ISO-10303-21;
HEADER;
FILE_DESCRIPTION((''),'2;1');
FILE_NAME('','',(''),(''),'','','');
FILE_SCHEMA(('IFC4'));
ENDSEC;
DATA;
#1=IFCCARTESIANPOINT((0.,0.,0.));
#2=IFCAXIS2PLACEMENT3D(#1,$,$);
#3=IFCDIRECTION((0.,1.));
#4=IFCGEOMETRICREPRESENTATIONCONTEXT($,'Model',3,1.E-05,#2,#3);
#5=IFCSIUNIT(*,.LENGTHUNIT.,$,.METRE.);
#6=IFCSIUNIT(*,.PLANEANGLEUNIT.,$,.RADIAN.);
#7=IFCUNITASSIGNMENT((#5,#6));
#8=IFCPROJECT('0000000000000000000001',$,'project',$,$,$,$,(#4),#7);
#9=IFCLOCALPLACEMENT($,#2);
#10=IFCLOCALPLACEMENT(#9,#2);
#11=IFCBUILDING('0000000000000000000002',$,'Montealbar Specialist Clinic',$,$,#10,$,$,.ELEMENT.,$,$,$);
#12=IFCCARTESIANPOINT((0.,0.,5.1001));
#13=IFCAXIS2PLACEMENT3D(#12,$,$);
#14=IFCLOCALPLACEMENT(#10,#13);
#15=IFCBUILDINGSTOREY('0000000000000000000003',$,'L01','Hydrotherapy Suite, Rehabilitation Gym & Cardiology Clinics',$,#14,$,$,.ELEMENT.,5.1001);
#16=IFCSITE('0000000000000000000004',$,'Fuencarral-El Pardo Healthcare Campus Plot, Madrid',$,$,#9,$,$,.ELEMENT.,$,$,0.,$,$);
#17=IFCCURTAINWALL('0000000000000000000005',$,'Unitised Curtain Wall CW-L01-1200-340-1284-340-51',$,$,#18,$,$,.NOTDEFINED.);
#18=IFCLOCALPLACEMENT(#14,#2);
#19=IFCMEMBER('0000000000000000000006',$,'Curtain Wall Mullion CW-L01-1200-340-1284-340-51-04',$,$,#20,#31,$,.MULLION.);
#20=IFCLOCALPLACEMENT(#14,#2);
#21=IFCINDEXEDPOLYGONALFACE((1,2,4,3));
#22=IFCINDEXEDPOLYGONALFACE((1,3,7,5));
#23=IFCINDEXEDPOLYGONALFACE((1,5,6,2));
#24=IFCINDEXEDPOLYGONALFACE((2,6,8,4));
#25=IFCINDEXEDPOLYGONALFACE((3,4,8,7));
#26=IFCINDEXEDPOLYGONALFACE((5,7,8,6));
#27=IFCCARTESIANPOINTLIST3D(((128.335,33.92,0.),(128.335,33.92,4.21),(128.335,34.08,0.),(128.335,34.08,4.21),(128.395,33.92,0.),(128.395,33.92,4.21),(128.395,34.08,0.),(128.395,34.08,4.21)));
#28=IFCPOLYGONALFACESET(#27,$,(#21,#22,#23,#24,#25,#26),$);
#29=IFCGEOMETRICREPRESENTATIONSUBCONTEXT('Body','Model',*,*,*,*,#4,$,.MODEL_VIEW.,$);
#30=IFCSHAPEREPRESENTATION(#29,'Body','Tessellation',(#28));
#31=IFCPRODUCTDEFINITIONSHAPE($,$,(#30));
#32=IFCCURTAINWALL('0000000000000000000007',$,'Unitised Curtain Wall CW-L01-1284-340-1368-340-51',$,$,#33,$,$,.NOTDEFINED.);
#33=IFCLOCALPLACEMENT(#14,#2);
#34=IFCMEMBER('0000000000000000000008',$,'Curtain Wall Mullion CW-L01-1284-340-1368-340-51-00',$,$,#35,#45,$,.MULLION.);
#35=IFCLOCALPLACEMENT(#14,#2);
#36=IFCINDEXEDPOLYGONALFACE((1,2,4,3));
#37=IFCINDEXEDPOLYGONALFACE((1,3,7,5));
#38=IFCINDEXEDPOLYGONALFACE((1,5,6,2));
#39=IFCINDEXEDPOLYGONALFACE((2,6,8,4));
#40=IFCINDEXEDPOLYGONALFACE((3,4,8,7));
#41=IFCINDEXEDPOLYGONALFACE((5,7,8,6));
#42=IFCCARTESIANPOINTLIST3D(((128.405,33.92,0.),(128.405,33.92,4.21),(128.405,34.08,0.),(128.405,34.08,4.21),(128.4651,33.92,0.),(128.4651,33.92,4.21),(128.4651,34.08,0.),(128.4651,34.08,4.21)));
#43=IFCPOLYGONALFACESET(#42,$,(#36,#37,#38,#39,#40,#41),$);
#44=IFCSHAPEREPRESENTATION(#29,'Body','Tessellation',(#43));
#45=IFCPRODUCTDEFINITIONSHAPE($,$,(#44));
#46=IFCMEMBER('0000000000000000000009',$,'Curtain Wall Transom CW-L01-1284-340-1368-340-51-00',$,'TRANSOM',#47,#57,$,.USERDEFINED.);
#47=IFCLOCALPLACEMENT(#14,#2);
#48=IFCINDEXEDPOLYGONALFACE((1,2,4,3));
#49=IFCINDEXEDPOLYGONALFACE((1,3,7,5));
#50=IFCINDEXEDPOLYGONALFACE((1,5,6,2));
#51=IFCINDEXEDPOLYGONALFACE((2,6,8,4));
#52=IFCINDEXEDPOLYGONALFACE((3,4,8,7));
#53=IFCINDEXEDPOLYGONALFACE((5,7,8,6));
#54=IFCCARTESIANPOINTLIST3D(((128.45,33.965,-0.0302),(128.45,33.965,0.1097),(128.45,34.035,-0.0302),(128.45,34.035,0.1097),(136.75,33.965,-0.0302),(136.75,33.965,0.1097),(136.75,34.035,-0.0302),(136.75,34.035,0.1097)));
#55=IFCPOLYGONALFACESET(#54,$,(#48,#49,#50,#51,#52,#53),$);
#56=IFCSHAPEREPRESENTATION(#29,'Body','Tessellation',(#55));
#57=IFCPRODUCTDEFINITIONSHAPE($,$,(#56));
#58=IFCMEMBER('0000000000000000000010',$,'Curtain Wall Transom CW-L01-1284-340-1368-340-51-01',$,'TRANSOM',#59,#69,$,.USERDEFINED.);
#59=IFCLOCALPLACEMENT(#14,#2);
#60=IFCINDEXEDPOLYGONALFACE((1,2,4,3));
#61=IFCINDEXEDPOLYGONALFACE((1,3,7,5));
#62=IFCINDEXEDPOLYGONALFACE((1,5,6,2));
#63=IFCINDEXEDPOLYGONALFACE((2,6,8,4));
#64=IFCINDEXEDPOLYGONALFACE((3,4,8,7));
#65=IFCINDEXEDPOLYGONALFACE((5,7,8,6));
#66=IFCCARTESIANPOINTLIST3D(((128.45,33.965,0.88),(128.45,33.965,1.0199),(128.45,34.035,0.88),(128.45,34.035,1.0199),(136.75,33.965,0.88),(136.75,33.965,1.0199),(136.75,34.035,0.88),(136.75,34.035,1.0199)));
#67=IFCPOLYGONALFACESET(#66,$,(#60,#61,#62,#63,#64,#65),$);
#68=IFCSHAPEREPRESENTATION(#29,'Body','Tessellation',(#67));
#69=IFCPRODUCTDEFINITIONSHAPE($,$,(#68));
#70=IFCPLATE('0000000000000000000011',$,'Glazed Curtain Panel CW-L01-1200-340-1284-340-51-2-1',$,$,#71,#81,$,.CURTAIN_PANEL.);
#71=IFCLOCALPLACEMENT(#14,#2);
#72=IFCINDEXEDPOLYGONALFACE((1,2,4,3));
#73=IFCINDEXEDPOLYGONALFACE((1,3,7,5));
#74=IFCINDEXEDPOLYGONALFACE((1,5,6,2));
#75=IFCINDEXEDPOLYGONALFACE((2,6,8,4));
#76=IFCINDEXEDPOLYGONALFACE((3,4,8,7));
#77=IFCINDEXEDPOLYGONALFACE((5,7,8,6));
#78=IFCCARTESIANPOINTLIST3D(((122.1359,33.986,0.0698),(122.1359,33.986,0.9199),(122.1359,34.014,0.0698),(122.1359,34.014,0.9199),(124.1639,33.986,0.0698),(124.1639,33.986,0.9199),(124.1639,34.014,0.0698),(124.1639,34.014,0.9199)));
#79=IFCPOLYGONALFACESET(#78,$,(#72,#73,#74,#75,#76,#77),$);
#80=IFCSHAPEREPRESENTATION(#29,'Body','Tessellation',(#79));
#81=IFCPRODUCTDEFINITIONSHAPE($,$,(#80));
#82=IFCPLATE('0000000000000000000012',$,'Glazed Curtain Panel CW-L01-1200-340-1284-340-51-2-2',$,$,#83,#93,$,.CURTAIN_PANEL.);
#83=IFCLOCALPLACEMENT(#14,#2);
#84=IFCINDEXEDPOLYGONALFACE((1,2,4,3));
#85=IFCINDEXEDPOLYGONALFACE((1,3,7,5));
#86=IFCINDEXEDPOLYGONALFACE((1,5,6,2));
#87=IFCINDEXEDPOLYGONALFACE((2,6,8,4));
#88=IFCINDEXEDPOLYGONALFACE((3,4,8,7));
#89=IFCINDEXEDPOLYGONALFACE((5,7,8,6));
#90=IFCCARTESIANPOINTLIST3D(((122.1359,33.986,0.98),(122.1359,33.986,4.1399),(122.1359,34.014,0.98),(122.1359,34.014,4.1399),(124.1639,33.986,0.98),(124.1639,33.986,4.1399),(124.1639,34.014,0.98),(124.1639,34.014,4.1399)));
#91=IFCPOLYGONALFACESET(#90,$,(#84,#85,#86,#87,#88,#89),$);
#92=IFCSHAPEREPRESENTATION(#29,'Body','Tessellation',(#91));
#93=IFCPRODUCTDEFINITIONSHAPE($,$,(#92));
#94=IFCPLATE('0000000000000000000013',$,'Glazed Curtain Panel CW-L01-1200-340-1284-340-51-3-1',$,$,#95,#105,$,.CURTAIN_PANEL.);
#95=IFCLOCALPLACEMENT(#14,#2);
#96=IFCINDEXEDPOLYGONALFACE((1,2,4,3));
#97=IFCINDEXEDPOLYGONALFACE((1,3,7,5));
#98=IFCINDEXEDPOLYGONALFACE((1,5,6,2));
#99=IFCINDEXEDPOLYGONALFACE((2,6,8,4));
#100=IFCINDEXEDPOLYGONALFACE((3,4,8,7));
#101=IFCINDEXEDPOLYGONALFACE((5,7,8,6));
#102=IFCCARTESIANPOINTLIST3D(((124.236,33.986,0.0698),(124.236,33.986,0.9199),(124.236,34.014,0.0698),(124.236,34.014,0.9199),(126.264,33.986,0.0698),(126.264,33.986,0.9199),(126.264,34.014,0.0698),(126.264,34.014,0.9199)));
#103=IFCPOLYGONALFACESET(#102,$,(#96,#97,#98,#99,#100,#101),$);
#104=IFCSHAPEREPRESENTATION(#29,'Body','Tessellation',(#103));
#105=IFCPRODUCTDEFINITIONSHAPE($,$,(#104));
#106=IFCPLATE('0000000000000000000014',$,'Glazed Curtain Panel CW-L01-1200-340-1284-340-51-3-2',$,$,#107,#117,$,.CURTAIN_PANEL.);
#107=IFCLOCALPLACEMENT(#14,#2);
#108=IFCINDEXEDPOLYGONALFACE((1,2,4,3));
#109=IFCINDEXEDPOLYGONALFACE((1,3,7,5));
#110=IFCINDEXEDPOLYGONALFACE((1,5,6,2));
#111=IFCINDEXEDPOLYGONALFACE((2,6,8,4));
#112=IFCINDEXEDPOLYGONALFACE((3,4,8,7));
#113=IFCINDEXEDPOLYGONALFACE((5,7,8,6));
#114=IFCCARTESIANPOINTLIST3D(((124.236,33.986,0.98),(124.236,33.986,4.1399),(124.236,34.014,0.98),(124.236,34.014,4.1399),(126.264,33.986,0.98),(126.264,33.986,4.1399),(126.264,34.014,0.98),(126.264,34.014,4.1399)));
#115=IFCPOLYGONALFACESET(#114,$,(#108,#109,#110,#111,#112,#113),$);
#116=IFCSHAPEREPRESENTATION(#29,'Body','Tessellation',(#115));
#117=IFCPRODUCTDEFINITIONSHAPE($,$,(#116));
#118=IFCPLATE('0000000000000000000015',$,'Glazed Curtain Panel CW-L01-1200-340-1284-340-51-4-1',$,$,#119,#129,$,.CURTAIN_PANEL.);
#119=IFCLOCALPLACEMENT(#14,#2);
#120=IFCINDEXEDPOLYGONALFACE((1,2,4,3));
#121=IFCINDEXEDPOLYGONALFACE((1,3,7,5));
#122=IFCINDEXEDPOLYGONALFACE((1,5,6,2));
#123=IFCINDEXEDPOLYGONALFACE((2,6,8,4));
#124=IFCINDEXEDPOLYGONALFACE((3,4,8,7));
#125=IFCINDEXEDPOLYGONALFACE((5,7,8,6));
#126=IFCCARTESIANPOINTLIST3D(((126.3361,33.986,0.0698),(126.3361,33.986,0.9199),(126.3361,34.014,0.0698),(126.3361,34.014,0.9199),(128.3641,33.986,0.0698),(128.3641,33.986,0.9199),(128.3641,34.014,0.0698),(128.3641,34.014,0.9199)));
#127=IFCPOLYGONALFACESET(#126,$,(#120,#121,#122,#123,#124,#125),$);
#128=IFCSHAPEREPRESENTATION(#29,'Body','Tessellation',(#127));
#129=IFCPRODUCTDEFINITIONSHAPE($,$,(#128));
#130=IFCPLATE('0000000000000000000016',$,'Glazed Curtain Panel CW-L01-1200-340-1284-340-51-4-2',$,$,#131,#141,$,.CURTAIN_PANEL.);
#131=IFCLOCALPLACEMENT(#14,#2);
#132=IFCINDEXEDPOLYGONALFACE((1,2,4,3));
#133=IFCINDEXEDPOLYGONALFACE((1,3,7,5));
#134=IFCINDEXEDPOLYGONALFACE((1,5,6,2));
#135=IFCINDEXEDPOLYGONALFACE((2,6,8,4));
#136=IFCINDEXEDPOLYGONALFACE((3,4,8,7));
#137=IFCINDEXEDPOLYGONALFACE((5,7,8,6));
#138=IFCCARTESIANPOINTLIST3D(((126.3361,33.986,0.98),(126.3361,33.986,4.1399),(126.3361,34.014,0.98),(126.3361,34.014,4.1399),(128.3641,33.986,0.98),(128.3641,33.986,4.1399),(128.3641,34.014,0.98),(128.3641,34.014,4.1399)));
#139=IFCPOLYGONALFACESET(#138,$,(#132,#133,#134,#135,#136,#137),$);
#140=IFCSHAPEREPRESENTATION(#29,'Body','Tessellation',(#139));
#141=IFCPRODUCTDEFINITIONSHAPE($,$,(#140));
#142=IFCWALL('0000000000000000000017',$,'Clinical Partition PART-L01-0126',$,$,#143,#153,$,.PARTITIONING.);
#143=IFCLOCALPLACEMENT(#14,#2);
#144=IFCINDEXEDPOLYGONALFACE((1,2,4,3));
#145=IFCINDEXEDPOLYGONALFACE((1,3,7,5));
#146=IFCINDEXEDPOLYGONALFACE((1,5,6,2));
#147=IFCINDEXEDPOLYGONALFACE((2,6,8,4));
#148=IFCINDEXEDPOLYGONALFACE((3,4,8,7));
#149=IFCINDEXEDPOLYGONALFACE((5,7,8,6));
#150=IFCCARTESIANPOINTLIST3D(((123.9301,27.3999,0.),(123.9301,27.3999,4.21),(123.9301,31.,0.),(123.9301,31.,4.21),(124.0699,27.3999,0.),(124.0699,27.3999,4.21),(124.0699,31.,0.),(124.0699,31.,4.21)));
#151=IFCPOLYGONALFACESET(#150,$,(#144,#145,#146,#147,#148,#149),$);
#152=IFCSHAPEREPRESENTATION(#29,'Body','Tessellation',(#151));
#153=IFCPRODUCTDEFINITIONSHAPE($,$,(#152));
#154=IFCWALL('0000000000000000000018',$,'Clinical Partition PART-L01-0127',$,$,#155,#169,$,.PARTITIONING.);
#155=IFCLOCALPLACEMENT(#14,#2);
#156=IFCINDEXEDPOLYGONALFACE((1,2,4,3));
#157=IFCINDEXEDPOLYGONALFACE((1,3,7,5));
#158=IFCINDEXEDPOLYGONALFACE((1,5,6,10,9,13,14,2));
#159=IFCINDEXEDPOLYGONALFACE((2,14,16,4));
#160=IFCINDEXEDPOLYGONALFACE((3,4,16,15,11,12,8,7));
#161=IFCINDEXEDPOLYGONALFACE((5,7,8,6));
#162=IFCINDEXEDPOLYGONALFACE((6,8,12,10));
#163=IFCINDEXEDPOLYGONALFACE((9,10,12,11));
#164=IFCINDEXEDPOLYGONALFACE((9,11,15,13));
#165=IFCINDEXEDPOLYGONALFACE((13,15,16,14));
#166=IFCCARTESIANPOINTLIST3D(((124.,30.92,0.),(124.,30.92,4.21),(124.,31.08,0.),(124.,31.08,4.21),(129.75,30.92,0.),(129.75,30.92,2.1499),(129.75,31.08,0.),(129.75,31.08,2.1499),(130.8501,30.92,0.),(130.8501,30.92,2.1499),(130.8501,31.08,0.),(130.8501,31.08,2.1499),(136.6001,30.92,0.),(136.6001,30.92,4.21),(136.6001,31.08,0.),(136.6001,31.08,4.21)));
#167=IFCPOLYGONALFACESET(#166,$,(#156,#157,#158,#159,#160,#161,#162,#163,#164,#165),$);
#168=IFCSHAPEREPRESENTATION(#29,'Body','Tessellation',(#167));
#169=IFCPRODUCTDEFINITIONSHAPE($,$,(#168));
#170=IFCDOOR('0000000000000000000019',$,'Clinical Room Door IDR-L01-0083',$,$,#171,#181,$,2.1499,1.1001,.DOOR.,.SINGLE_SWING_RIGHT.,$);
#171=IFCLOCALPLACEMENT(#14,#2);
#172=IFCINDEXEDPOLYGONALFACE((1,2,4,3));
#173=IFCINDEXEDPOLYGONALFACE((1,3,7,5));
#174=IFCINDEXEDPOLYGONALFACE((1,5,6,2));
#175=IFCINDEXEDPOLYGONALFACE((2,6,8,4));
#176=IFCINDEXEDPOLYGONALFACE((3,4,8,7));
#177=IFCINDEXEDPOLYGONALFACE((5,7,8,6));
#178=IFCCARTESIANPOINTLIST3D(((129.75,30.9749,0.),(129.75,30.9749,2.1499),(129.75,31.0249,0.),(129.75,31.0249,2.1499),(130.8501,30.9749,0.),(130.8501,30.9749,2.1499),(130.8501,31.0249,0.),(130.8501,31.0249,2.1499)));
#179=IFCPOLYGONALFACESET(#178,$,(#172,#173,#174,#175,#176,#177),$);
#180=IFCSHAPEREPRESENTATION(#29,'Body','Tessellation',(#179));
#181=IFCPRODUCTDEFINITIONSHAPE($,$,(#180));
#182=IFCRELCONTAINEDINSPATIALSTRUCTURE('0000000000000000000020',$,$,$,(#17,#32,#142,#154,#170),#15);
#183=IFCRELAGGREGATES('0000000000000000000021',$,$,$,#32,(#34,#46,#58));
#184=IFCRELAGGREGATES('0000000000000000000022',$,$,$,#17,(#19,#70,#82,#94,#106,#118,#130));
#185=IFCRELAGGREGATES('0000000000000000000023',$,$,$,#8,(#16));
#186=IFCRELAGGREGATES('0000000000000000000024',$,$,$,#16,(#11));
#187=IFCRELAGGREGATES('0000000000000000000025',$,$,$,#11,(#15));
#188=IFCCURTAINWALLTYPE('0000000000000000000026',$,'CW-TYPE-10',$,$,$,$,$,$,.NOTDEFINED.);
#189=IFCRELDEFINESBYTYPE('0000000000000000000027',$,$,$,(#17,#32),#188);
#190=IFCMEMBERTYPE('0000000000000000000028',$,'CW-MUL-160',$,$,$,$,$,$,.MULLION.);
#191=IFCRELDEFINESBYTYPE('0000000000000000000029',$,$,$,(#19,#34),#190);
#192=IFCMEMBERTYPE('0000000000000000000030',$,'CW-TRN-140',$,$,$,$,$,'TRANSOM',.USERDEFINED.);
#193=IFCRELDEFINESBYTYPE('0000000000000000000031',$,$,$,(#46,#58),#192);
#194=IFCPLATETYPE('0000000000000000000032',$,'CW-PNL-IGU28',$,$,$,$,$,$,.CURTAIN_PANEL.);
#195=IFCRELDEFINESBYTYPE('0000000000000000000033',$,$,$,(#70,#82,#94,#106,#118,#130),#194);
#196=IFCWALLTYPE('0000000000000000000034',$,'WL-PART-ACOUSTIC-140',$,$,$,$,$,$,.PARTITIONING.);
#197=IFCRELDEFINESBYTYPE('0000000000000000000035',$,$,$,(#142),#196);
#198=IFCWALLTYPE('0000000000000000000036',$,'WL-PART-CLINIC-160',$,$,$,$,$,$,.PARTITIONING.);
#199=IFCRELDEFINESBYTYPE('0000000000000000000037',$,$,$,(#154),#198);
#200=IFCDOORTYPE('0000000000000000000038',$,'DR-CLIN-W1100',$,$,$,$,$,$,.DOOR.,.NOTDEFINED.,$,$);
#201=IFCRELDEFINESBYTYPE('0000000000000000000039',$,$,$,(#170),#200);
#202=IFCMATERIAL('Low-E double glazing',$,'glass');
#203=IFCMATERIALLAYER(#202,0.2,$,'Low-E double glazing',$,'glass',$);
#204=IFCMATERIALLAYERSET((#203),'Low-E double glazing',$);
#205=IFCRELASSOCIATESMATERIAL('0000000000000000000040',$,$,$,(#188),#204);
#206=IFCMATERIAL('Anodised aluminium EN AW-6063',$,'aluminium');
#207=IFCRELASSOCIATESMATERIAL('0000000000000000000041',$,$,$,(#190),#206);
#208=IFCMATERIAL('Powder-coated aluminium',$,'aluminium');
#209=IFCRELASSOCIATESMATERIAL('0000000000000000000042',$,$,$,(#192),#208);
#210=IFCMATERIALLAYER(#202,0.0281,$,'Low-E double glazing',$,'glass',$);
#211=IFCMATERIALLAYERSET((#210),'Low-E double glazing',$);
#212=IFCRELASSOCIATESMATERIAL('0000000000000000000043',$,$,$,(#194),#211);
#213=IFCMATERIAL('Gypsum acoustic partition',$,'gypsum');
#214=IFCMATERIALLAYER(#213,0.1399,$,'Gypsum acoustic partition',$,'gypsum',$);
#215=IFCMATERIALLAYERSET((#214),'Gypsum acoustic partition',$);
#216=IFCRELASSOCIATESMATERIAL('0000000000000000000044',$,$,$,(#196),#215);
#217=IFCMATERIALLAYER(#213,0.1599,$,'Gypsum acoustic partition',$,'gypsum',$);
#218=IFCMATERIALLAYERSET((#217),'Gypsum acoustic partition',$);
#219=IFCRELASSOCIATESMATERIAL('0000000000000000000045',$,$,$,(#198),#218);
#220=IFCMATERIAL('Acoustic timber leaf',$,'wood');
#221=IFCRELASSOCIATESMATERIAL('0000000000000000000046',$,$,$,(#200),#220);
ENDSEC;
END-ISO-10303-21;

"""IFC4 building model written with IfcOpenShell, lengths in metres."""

from ifc_helpers import new_model, si_unit, direction, frame, frame_2d, origin, origin_2d, place, context, subcontext, project, spatial, rectangle, extrude, material, layer, layer_set, material_profile, profile_set, type_object, element, fill, aggregate, save


model = new_model("IFC4")

# Units and contexts
model_context = context("Model", 3, precision=1e-05, world=origin(), true_north=direction((0.0, 1.0)))
body_context = subcontext(model_context, "Body", "Model", "MODEL_VIEW")
ifc_project = project(units=[si_unit("LENGTHUNIT", "METRE"), si_unit("PLANEANGLEUNIT", "RADIAN")], contexts=[model_context])

# Site, building, storey
site_placement = place(None, origin())
site = spatial("IfcSite", under=ifc_project, at=site_placement, Name="Fuencarral-El Pardo Healthcare Campus Plot, Madrid", CompositionType="ELEMENT", RefElevation=0.0)
building_placement = place(site_placement, origin())
building = spatial("IfcBuilding", under=site, at=building_placement, Name="Montealbar Specialist Clinic", CompositionType="ELEMENT")
storey_placement = place(building_placement, frame((0.0, 0.0, 5.1001)))
storey = spatial("IfcBuildingStorey", under=building, at=storey_placement, Name="L01", Description="Hydrotherapy Suite, Rehabilitation Gym & Cardiology Clinics", CompositionType="ELEMENT", Elevation=5.1001)

# Curtain walls, members
ifc_material_1 = material(Name="Low-E double glazing", Category="glass")
ifc_layer_1 = layer(ifc_material_1, 0.2, Name="Low-E double glazing", Category="glass")
ifc_layer_set_1 = layer_set([ifc_layer_1], Name="Low-E double glazing")
curtain_wall_type = type_object("IfcCurtainWallType", Name="CW-TYPE-10", PredefinedType="NOTDEFINED", material=ifc_layer_set_1)
curtain_wall_1_placement = place(storey_placement, origin())
curtain_wall_1 = element("IfcCurtainWall", 1, at=curtain_wall_1_placement, inside=storey, type_object=curtain_wall_type, Name="Unitised Curtain Wall CW-L01-1200-340-1284-340-51", PredefinedType="NOTDEFINED")
ifc_material_2 = material(Name="Anodised aluminium EN AW-6063", Category="aluminium")
ifc_material_profile_1 = material_profile(ifc_material_2, rectangle(XDim=0.0601, YDim=0.1599, at=origin_2d()), Name="ALU 60x160", Category="aluminium")
ifc_profile_set_1 = profile_set([ifc_material_profile_1], Name="Anodised aluminium EN AW-6063")
member_type_1 = type_object("IfcMemberType", Name="CW-MUL-160", PredefinedType="MULLION", material=ifc_profile_set_1)
member_1_placement = place(storey_placement, frame((128.365, 34.0, 0.0), z_axis=(0.0, 0.0, 1.0), x_axis=(1.0, 0.0, 0.0)))
member_1 = element("IfcMember", 2, at=member_1_placement, type_object=member_type_1, Name="Curtain Wall Mullion CW-L01-1200-340-1284-340-51-04", PredefinedType="MULLION", context=body_context, shape_type="SweptSolid", body=[
    extrude(rectangle(XDim=0.0601, YDim=0.1599, at=origin_2d()), origin(), (0.0, 0.0, 1.0), 4.21),
])
curtain_wall_2_placement = place(storey_placement, origin())
curtain_wall_2 = element("IfcCurtainWall", 3, at=curtain_wall_2_placement, inside=storey, type_object=curtain_wall_type, Name="Unitised Curtain Wall CW-L01-1284-340-1368-340-51", PredefinedType="NOTDEFINED")
member_2_placement = place(storey_placement, frame((128.4351, 34.0, 0.0), z_axis=(0.0, 0.0, 1.0), x_axis=(1.0, 0.0, 0.0)))
member_2 = element("IfcMember", 4, at=member_2_placement, type_object=member_type_1, Name="Curtain Wall Mullion CW-L01-1284-340-1368-340-51-00", PredefinedType="MULLION", context=body_context, shape_type="SweptSolid", body=[
    extrude(rectangle(XDim=0.0601, YDim=0.1599, at=origin_2d()), origin(), (0.0, 0.0, 1.0), 4.21),
])
ifc_material_3 = material(Name="Powder-coated aluminium", Category="aluminium")
ifc_material_profile_2 = material_profile(ifc_material_3, rectangle(XDim=0.0701, YDim=0.1399, at=origin_2d()), Name="ALU 70x140", Category="aluminium")
ifc_profile_set_2 = profile_set([ifc_material_profile_2], Name="Powder-coated aluminium")
member_type_2 = type_object("IfcMemberType", Name="CW-TRN-140", ElementType="TRANSOM", PredefinedType="USERDEFINED", material=ifc_profile_set_2)
member_3_placement = place(storey_placement, frame((128.45, 34.0, 0.0398), z_axis=(1.0, 0.0, 0.0), x_axis=(0.0, 1.0, 0.0)))
member_3 = element("IfcMember", 5, at=member_3_placement, type_object=member_type_2, Name="Curtain Wall Transom CW-L01-1284-340-1368-340-51-00", ObjectType="TRANSOM", PredefinedType="USERDEFINED", context=body_context, shape_type="SweptSolid", body=[
    extrude(rectangle(XDim=0.0701, YDim=0.1399, at=origin_2d()), origin(), (0.0, 0.0, 1.0), 8.3),
])
member_4_placement = place(storey_placement, frame((128.45, 34.0, 0.95), z_axis=(1.0, 0.0, 0.0), x_axis=(0.0, 1.0, 0.0)))
member_4 = element("IfcMember", 6, at=member_4_placement, type_object=member_type_2, Name="Curtain Wall Transom CW-L01-1284-340-1368-340-51-01", ObjectType="TRANSOM", PredefinedType="USERDEFINED", context=body_context, shape_type="SweptSolid", body=[
    extrude(rectangle(XDim=0.0701, YDim=0.1399, at=origin_2d()), origin(), (0.0, 0.0, 1.0), 8.3),
])
aggregate(curtain_wall_2, [member_2, member_3, member_4])

# Plates
ifc_layer_2 = layer(ifc_material_1, 0.0281, Name="Low-E double glazing", Category="glass")
ifc_layer_set_2 = layer_set([ifc_layer_2], Name="Low-E double glazing")
plate_type = type_object("IfcPlateType", Name="CW-PNL-IGU28", PredefinedType="CURTAIN_PANEL", material=ifc_layer_set_2)
plate_1_placement = place(storey_placement, frame((123.1499, 34.0, 0.0698), z_axis=(0.0, 0.0, 1.0), x_axis=(1.0, 0.0, 0.0)))
plate_1 = element("IfcPlate", 7, at=plate_1_placement, type_object=plate_type, Name="Glazed Curtain Panel CW-L01-1200-340-1284-340-51-2-1", PredefinedType="CURTAIN_PANEL", context=body_context, shape_type="SweptSolid", body=[
    extrude(rectangle(XDim=2.0281, YDim=0.0281, at=origin_2d()), origin(), (0.0, 0.0, 1.0), 0.8501),
])
plate_2_placement = place(storey_placement, frame((123.1499, 34.0, 0.98), z_axis=(0.0, 0.0, 1.0), x_axis=(1.0, 0.0, 0.0)))
plate_2 = element("IfcPlate", 8, at=plate_2_placement, type_object=plate_type, Name="Glazed Curtain Panel CW-L01-1200-340-1284-340-51-2-2", PredefinedType="CURTAIN_PANEL", context=body_context, shape_type="SweptSolid", body=[
    extrude(rectangle(XDim=2.0281, YDim=0.0281, at=origin_2d()), origin(), (0.0, 0.0, 1.0), 3.1599),
])
plate_3_placement = place(storey_placement, frame((125.25, 34.0, 0.0698), z_axis=(0.0, 0.0, 1.0), x_axis=(1.0, 0.0, 0.0)))
plate_3 = element("IfcPlate", 9, at=plate_3_placement, type_object=plate_type, Name="Glazed Curtain Panel CW-L01-1200-340-1284-340-51-3-1", PredefinedType="CURTAIN_PANEL", context=body_context, shape_type="SweptSolid", body=[
    extrude(rectangle(XDim=2.0281, YDim=0.0281, at=origin_2d()), origin(), (0.0, 0.0, 1.0), 0.8501),
])
plate_4_placement = place(storey_placement, frame((125.25, 34.0, 0.98), z_axis=(0.0, 0.0, 1.0), x_axis=(1.0, 0.0, 0.0)))
plate_4 = element("IfcPlate", 10, at=plate_4_placement, type_object=plate_type, Name="Glazed Curtain Panel CW-L01-1200-340-1284-340-51-3-2", PredefinedType="CURTAIN_PANEL", context=body_context, shape_type="SweptSolid", body=[
    extrude(rectangle(XDim=2.0281, YDim=0.0281, at=origin_2d()), origin(), (0.0, 0.0, 1.0), 3.1599),
])
plate_5_placement = place(storey_placement, frame((127.3501, 34.0, 0.0698), z_axis=(0.0, 0.0, 1.0), x_axis=(1.0, 0.0, 0.0)))
plate_5 = element("IfcPlate", 11, at=plate_5_placement, type_object=plate_type, Name="Glazed Curtain Panel CW-L01-1200-340-1284-340-51-4-1", PredefinedType="CURTAIN_PANEL", context=body_context, shape_type="SweptSolid", body=[
    extrude(rectangle(XDim=2.0281, YDim=0.0281, at=origin_2d()), origin(), (0.0, 0.0, 1.0), 0.8501),
])
plate_6_placement = place(storey_placement, frame((127.3501, 34.0, 0.98), z_axis=(0.0, 0.0, 1.0), x_axis=(1.0, 0.0, 0.0)))
plate_6 = element("IfcPlate", 12, at=plate_6_placement, type_object=plate_type, Name="Glazed Curtain Panel CW-L01-1200-340-1284-340-51-4-2", PredefinedType="CURTAIN_PANEL", context=body_context, shape_type="SweptSolid", body=[
    extrude(rectangle(XDim=2.0281, YDim=0.0281, at=origin_2d()), origin(), (0.0, 0.0, 1.0), 3.1599),
])
aggregate(curtain_wall_1, [member_1, plate_1, plate_2, plate_3, plate_4, plate_5, plate_6])

# Wall
ifc_material_4 = material(Name="Gypsum acoustic partition", Category="gypsum")
ifc_layer_3 = layer(ifc_material_4, 0.1399, Name="Gypsum acoustic partition", Category="gypsum")
ifc_layer_set_3 = layer_set([ifc_layer_3], Name="Gypsum acoustic partition")
wall_type_1 = type_object("IfcWallType", Name="WL-PART-ACOUSTIC-140", PredefinedType="PARTITIONING", material=ifc_layer_set_3)
wall_1_placement = place(storey_placement, frame((124.0, 27.3999, 0.0), z_axis=(0.0, 0.0, 1.0), x_axis=(0.0, 1.0, 0.0)))
element("IfcWall", 13, at=wall_1_placement, inside=storey, type_object=wall_type_1, Name="Clinical Partition PART-L01-0126", PredefinedType="PARTITIONING", context=body_context, shape_type="SweptSolid", body=[
    extrude(rectangle(XDim=3.6001, YDim=0.1399, at=frame_2d((1.8, 0.0))), origin(), (0.0, 0.0, 1.0), 4.21),
])

# Wall, opening, door
ifc_layer_4 = layer(ifc_material_4, 0.1599, Name="Gypsum acoustic partition", Category="gypsum")
ifc_layer_set_4 = layer_set([ifc_layer_4], Name="Gypsum acoustic partition")
wall_type_2 = type_object("IfcWallType", Name="WL-PART-CLINIC-160", PredefinedType="PARTITIONING", material=ifc_layer_set_4)
wall_2_placement = place(storey_placement, frame((124.0, 31.0, 0.0), z_axis=(0.0, 0.0, 1.0), x_axis=(1.0, 0.0, 0.0)))
wall_2 = element("IfcWall", 14, at=wall_2_placement, inside=storey, type_object=wall_type_2, Name="Clinical Partition PART-L01-0127", PredefinedType="PARTITIONING", context=body_context, shape_type="SweptSolid", body=[
    extrude(rectangle(XDim=12.6001, YDim=0.1599, at=frame_2d((6.3, 0.0))), origin(), (0.0, 0.0, 1.0), 4.21),
])
opening_placement = place(wall_2_placement, frame((5.75, 0.0, 0.0)))
opening = element("IfcOpeningElement", 15, at=opening_placement, cuts=wall_2, PredefinedType="OPENING", context=body_context, shape_type="SweptSolid", body=[
    extrude(rectangle(XDim=1.1001, YDim=2.1499, at=frame_2d((0.55, 1.075))), frame((0.0, 0.0898, 0.0), z_axis=(0.0, -1.0, 0.0), x_axis=(1.0, 0.0, 0.0)), (0.0, 0.0, 1.0), 0.1799),
])
ifc_material_5 = material(Name="Acoustic timber leaf", Category="wood")
door_type = type_object("IfcDoorType", Name="DR-CLIN-W1100", OperationType="NOTDEFINED", PredefinedType="DOOR", material=ifc_material_5)
door_placement = place(opening_placement, origin())
door = element("IfcDoor", 16, at=door_placement, inside=storey, type_object=door_type, Name="Clinical Room Door IDR-L01-0083", OperationType="SINGLE_SWING_RIGHT", OverallHeight=2.1499, OverallWidth=1.1001, PredefinedType="DOOR", context=body_context, shape_type="SweptSolid", body=[
    extrude(rectangle(XDim=1.1001, YDim=2.1499, at=frame_2d((0.55, 1.075))), frame((0.0, 0.0249, 0.0), z_axis=(0.0, -1.0, 0.0), x_axis=(1.0, 0.0, 0.0)), (0.0, 0.0, 1.0), 0.05),
])
fill(opening, door)

save(model, "model.ifc")
